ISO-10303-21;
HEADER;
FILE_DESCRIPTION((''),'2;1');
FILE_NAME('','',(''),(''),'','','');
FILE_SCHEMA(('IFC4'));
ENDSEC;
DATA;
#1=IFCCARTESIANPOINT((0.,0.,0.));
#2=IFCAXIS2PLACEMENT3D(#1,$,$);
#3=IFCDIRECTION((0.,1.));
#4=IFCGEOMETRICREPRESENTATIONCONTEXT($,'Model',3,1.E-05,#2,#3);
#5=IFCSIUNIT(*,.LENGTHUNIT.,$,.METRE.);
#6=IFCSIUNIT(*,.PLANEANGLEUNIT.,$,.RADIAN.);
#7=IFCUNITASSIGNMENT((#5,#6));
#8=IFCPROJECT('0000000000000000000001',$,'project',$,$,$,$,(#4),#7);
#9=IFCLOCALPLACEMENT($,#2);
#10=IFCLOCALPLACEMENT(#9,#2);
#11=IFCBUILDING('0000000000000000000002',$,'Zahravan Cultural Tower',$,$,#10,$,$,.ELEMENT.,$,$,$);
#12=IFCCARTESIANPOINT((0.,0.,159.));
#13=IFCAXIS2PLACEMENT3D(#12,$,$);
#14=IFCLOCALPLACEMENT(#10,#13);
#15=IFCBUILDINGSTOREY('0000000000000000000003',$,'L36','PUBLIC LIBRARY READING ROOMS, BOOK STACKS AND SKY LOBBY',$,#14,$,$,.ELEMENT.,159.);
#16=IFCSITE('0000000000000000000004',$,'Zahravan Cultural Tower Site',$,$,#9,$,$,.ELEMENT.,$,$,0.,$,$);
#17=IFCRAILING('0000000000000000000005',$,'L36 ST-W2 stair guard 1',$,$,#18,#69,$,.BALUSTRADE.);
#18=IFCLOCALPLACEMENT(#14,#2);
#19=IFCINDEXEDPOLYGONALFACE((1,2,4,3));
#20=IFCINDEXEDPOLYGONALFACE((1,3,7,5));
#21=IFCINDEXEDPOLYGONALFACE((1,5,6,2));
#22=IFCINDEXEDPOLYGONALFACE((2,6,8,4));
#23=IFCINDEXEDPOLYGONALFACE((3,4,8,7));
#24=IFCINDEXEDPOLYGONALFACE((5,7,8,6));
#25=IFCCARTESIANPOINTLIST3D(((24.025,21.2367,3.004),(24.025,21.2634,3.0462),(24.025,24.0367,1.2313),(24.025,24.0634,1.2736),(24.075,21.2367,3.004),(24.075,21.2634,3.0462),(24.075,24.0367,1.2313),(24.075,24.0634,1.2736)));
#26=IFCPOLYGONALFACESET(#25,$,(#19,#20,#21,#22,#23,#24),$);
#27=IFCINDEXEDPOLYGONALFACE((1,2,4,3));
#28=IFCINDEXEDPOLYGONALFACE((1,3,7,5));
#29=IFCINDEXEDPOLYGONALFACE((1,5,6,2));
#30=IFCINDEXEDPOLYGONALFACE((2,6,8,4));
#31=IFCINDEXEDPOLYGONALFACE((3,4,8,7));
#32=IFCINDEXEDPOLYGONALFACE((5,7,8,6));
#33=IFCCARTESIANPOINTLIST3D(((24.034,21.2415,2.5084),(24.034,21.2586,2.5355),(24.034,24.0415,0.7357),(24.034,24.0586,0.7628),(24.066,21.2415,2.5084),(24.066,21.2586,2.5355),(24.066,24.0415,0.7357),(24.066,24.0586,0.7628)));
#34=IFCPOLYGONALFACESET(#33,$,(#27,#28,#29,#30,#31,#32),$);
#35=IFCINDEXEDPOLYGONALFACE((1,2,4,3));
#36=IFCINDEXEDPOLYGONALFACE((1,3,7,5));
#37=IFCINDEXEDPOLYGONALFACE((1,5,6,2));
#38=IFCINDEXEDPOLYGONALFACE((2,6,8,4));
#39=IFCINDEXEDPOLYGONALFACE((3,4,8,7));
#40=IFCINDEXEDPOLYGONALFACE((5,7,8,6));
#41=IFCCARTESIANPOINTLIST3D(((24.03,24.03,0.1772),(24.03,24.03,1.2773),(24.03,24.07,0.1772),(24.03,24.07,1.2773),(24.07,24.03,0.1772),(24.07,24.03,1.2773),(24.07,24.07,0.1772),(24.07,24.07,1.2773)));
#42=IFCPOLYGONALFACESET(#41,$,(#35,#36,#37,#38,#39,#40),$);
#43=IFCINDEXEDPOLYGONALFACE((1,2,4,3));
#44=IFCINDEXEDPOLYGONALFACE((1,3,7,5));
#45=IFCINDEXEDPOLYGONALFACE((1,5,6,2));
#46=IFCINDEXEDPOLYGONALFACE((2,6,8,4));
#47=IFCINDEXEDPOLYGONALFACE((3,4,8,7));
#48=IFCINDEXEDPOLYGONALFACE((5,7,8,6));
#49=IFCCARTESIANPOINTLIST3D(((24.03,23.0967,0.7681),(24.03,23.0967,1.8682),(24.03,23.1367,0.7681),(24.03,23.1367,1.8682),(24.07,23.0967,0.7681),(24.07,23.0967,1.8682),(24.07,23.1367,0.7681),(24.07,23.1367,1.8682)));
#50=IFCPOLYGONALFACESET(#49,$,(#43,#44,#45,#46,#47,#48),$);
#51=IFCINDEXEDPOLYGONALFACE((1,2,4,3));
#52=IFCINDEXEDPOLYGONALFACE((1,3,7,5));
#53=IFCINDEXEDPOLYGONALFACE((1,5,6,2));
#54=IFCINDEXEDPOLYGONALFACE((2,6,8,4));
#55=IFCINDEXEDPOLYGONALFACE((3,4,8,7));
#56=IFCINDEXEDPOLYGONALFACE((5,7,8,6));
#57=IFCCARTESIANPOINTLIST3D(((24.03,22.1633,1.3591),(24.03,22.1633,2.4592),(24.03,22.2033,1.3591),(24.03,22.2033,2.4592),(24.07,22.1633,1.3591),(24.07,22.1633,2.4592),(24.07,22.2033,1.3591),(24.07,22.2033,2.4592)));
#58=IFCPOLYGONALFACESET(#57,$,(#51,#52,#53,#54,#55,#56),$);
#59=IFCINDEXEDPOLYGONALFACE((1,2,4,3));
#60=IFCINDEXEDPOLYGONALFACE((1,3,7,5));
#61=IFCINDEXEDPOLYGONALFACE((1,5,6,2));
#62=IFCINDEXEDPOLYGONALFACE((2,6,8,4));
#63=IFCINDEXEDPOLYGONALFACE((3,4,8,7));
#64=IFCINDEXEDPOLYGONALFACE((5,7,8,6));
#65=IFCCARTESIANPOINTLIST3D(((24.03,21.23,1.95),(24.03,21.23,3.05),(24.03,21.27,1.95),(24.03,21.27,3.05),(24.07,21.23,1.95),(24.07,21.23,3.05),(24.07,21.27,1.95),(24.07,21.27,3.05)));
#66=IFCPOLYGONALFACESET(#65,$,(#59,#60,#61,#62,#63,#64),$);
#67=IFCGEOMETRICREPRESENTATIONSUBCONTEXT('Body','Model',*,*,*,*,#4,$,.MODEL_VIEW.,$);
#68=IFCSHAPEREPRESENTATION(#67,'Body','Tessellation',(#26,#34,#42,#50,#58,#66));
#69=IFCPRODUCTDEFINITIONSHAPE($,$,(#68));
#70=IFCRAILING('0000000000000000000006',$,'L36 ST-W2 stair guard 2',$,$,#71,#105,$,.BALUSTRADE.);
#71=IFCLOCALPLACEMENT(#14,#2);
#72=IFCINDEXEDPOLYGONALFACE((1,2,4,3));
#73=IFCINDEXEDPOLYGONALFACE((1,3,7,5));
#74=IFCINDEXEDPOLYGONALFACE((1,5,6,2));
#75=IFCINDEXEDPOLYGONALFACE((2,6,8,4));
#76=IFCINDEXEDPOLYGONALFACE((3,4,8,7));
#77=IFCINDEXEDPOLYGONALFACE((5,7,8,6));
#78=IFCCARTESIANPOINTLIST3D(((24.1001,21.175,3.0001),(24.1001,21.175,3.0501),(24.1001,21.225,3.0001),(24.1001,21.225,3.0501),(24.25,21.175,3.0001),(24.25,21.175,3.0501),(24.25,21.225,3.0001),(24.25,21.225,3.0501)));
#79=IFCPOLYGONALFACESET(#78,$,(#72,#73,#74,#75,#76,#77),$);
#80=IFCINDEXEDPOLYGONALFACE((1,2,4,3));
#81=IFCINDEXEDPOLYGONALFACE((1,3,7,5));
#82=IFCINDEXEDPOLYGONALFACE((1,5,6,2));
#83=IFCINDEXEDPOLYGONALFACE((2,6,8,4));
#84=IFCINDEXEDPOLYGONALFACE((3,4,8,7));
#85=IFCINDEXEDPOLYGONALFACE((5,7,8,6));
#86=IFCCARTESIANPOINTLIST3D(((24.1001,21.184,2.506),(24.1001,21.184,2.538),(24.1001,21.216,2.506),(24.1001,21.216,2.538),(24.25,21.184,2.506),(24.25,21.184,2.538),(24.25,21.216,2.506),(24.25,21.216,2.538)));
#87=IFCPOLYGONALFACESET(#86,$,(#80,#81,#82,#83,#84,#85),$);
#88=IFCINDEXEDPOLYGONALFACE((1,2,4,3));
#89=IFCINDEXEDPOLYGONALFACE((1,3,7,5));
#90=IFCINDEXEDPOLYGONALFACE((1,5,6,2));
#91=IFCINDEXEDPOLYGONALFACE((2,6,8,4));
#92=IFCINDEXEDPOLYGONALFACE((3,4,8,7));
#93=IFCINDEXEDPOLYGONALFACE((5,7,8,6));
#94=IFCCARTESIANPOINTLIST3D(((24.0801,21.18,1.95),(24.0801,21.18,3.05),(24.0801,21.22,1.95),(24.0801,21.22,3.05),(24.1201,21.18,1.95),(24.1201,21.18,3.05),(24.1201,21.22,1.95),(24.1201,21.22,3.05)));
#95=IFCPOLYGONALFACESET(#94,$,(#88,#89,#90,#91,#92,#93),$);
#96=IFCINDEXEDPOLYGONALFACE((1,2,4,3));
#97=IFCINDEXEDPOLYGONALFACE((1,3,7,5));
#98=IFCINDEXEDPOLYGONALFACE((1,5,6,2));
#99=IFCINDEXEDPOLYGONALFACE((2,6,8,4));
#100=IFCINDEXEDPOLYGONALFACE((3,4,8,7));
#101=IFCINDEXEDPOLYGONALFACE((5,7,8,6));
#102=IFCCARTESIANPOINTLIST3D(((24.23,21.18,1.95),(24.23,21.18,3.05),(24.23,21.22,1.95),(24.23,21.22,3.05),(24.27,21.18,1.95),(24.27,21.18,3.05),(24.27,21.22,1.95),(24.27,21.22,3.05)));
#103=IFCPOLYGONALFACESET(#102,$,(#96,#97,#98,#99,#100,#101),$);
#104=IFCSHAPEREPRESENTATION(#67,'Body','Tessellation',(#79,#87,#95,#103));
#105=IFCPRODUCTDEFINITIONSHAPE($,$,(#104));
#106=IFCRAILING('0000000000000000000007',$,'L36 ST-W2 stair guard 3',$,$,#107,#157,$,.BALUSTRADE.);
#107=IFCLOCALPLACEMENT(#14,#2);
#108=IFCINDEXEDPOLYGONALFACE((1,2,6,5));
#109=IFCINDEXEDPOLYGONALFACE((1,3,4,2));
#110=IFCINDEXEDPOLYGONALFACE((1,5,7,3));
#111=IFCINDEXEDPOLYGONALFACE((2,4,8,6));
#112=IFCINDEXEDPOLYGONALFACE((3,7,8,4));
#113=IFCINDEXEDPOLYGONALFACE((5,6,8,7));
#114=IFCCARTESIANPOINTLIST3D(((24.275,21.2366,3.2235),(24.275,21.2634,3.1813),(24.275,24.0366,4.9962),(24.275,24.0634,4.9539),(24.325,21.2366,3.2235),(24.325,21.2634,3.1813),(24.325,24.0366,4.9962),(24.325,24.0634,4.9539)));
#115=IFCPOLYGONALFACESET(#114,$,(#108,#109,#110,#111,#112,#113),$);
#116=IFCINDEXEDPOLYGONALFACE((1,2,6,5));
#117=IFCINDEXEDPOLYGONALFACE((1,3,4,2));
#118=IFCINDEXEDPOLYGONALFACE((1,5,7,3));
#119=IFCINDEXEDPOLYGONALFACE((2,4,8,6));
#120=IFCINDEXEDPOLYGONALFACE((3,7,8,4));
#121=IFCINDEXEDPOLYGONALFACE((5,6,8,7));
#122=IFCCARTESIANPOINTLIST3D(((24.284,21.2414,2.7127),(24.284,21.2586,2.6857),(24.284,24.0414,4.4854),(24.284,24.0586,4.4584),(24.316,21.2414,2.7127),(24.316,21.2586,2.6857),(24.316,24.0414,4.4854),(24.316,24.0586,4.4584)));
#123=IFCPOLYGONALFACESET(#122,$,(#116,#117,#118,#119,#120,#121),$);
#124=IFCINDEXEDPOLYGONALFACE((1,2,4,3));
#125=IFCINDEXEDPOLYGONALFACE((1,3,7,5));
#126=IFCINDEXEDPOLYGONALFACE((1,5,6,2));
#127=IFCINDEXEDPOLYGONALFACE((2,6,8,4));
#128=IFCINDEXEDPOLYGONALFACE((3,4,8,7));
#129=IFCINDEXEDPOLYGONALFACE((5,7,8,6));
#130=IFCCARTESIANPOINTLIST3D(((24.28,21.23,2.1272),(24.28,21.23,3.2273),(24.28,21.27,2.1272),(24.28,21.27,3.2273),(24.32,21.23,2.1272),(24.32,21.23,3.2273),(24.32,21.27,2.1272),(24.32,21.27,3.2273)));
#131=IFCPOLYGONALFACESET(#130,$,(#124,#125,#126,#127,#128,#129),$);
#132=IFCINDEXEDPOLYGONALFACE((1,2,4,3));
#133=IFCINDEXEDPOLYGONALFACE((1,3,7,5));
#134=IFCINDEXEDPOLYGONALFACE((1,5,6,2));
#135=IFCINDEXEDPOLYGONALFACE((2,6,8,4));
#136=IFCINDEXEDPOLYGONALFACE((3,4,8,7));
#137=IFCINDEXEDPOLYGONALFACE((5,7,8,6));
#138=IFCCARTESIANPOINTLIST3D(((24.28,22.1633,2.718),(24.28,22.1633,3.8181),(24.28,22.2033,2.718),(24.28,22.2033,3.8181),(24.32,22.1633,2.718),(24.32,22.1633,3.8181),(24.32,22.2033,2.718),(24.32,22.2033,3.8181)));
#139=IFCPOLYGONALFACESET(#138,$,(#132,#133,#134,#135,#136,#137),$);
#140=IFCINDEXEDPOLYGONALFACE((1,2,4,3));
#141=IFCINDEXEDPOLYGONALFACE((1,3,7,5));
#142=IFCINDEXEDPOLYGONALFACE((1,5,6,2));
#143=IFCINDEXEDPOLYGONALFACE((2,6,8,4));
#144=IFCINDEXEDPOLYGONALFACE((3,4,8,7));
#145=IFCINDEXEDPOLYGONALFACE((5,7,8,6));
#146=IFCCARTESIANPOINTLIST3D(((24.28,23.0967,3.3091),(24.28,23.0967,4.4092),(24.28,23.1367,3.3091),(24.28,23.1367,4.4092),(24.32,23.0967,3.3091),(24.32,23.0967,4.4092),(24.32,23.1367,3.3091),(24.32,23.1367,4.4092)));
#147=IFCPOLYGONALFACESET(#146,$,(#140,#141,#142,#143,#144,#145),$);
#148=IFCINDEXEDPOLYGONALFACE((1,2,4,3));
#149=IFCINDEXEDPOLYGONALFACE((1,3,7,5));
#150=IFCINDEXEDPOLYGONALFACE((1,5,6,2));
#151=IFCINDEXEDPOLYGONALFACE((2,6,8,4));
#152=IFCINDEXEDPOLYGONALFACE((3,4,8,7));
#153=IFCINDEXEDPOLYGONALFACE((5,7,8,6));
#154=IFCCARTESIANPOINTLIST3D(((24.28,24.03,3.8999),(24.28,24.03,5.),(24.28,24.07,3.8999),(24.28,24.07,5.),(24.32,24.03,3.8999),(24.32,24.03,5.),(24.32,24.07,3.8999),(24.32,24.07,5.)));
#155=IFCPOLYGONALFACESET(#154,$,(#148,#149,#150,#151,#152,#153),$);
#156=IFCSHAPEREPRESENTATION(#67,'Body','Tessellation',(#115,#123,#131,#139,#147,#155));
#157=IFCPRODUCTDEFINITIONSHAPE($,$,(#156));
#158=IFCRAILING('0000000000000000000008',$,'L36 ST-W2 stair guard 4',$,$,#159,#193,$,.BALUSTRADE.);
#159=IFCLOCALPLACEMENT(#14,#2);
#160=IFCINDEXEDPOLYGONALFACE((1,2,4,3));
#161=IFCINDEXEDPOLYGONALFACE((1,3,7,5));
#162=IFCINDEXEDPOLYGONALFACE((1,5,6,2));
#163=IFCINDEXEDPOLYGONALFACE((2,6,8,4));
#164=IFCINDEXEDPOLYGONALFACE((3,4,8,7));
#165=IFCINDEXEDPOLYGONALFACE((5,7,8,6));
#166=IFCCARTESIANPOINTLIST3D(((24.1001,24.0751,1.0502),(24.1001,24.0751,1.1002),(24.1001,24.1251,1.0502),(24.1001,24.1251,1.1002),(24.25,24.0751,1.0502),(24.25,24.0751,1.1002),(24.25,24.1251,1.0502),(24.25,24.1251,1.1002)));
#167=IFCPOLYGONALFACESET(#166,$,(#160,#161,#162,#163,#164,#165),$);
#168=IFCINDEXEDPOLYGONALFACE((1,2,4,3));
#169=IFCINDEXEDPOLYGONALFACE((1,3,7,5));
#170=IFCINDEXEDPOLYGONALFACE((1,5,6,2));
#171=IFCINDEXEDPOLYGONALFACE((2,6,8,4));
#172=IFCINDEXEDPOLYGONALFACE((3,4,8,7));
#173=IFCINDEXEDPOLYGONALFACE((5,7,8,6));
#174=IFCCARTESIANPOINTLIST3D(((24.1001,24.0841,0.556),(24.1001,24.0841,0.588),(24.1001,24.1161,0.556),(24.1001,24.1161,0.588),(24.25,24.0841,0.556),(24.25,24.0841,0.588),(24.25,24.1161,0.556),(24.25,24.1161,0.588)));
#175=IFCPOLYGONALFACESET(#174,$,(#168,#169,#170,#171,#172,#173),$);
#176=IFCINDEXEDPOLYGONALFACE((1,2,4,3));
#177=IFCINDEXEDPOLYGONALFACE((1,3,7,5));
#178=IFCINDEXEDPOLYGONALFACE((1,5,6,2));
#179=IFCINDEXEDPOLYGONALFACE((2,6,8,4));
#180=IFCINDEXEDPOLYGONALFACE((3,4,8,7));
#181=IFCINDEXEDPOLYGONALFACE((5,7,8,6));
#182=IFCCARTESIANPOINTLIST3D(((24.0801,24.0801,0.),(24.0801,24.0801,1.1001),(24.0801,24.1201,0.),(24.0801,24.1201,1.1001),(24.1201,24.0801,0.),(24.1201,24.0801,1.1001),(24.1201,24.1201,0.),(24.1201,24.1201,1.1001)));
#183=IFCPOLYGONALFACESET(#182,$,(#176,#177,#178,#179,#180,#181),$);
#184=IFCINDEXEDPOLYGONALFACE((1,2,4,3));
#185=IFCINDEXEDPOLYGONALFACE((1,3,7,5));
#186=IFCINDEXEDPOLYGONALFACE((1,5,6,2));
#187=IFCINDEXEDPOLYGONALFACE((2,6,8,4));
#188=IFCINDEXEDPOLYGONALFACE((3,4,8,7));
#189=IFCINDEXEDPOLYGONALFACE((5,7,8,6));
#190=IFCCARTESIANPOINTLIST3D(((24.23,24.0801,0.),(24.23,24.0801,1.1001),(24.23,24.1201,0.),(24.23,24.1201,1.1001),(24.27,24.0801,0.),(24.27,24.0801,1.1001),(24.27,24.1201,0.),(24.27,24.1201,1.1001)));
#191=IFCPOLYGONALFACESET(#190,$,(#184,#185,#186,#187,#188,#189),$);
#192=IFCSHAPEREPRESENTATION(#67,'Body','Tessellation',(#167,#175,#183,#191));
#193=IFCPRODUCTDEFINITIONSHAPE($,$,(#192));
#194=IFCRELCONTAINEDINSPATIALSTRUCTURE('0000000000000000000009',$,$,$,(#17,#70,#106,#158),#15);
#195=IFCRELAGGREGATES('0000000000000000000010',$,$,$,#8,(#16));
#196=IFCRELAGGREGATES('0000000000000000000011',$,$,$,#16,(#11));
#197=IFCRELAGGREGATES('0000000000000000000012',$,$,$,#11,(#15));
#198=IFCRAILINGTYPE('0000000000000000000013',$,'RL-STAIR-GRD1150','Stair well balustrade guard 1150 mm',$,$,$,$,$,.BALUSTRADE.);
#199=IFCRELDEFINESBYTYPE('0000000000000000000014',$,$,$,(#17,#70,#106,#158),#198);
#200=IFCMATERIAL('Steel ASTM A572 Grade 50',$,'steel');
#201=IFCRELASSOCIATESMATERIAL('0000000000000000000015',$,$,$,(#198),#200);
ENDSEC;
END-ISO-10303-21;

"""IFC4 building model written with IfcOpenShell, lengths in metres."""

from ifc_helpers import new_model, si_unit, direction, frame, origin, origin_2d, place, context, subcontext, project, spatial, rectangle, extrude, material, type_object, element, save


model = new_model("IFC4")

# Units and contexts
model_context = context("Model", 3, precision=1e-05, world=origin(), true_north=direction((0.0, 1.0)))
body_context = subcontext(model_context, "Body", "Model", "MODEL_VIEW")
ifc_project = project(units=[si_unit("LENGTHUNIT", "METRE"), si_unit("PLANEANGLEUNIT", "RADIAN")], contexts=[model_context])

# Site, building, storey
site_placement = place(None, origin())
site = spatial("IfcSite", under=ifc_project, at=site_placement, Name="Zahravan Cultural Tower Site", CompositionType="ELEMENT", RefElevation=0.0)
building_placement = place(site_placement, origin())
building = spatial("IfcBuilding", under=site, at=building_placement, Name="Zahravan Cultural Tower", CompositionType="ELEMENT")
storey_placement = place(building_placement, frame((0.0, 0.0, 159.0)))
storey = spatial("IfcBuildingStorey", under=building, at=storey_placement, Name="L36", Description="PUBLIC LIBRARY READING ROOMS, BOOK STACKS AND SKY LOBBY", CompositionType="ELEMENT", Elevation=159.0)

# Shared definitions
ifc_material_1 = material(Name="Steel ASTM A572 Grade 50", Category="steel")

# Railings
railing_type_1 = type_object("IfcRailingType", Name="RL-STAIR-GRD1150", Description="Stair well balustrade guard 1150 mm", PredefinedType="BALUSTRADE", material=ifc_material_1)
railing_1_placement = place(storey_placement, frame((24.05, 24.05, 0.1772)))
element("IfcRailing", 1, at=railing_1_placement, inside=storey, type_object=railing_type_1, Name="L36 ST-W2 stair guard 1", PredefinedType="BALUSTRADE", context=body_context, shape_type="SweptSolid", body=[
    extrude(rectangle(XDim=0.05, YDim=0.05, at=origin_2d()), frame((0.0, 0.0, 1.0752), z_axis=(0.0, -0.844909, 0.53491), x_axis=(1.0, 0.0, 0.0)), (0.0, 0.0, 1.0), 3.314),
    extrude(rectangle(XDim=0.032, YDim=0.032, at=origin_2d()), frame((0.0, 0.0, 0.572), z_axis=(0.0, -0.844909, 0.53491), x_axis=(1.0, 0.0, 0.0)), (0.0, 0.0, 1.0), 3.314),
    extrude(rectangle(XDim=0.04, YDim=0.04, at=origin_2d()), origin(), (0.0, 0.0, 1.0), 1.1001),
    extrude(rectangle(XDim=0.04, YDim=0.04, at=origin_2d()), frame((0.0, -0.9333, 0.5908)), (0.0, 0.0, 1.0), 1.1001),
    extrude(rectangle(XDim=0.04, YDim=0.04, at=origin_2d()), frame((0.0, -1.8667, 1.1819)), (0.0, 0.0, 1.0), 1.1001),
    extrude(rectangle(XDim=0.04, YDim=0.04, at=origin_2d()), frame((0.0, -2.8, 1.7727)), (0.0, 0.0, 1.0), 1.1001),
])
railing_2_placement = place(storey_placement, frame((24.1001, 21.2, 1.95)))
element("IfcRailing", 2, at=railing_2_placement, inside=storey, type_object=railing_type_1, Name="L36 ST-W2 stair guard 2", PredefinedType="BALUSTRADE", context=body_context, shape_type="SweptSolid", body=[
    extrude(rectangle(XDim=0.05, YDim=0.05, at=origin_2d()), frame((0.0, 0.0, 1.0752), z_axis=(1.0, 0.0, 0.0), x_axis=(0.0, 1.0, 0.0)), (0.0, 0.0, 1.0), 0.1499),
    extrude(rectangle(XDim=0.032, YDim=0.032, at=origin_2d()), frame((0.0, 0.0, 0.572), z_axis=(1.0, 0.0, 0.0), x_axis=(0.0, 1.0, 0.0)), (0.0, 0.0, 1.0), 0.1499),
    extrude(rectangle(XDim=0.04, YDim=0.04, at=origin_2d()), origin(), (0.0, 0.0, 1.0), 1.1001),
    extrude(rectangle(XDim=0.04, YDim=0.04, at=origin_2d()), frame((0.1499, 0.0, 0.0)), (0.0, 0.0, 1.0), 1.1001),
])
railing_3_placement = place(storey_placement, frame((24.3, 21.25, 2.1272)))
element("IfcRailing", 3, at=railing_3_placement, inside=storey, type_object=railing_type_1, Name="L36 ST-W2 stair guard 3", PredefinedType="BALUSTRADE", context=body_context, shape_type="SweptSolid", body=[
    extrude(rectangle(XDim=0.05, YDim=0.05, at=origin_2d()), frame((0.0, 0.0, 1.0752), z_axis=(0.0, 0.844909, 0.53491), x_axis=(-1.0, 0.0, 0.0)), (0.0, 0.0, 1.0), 3.314),
    extrude(rectangle(XDim=0.032, YDim=0.032, at=origin_2d()), frame((0.0, 0.0, 0.572), z_axis=(0.0, 0.844909, 0.53491), x_axis=(-1.0, 0.0, 0.0)), (0.0, 0.0, 1.0), 3.314),
    extrude(rectangle(XDim=0.04, YDim=0.04, at=origin_2d()), origin(), (0.0, 0.0, 1.0), 1.1001),
    extrude(rectangle(XDim=0.04, YDim=0.04, at=origin_2d()), frame((0.0, 0.9333, 0.5908)), (0.0, 0.0, 1.0), 1.1001),
    extrude(rectangle(XDim=0.04, YDim=0.04, at=origin_2d()), frame((0.0, 1.8667, 1.1819)), (0.0, 0.0, 1.0), 1.1001),
    extrude(rectangle(XDim=0.04, YDim=0.04, at=origin_2d()), frame((0.0, 2.8, 1.7727)), (0.0, 0.0, 1.0), 1.1001),
])
railing_4_placement = place(storey_placement, frame((24.1001, 24.1001, 0.0)))
element("IfcRailing", 4, at=railing_4_placement, inside=storey, type_object=railing_type_1, Name="L36 ST-W2 stair guard 4", PredefinedType="BALUSTRADE", context=body_context, shape_type="SweptSolid", body=[
    extrude(rectangle(XDim=0.05, YDim=0.05, at=origin_2d()), frame((0.0, 0.0, 1.0752), z_axis=(1.0, 0.0, 0.0), x_axis=(0.0, 1.0, 0.0)), (0.0, 0.0, 1.0), 0.1499),
    extrude(rectangle(XDim=0.032, YDim=0.032, at=origin_2d()), frame((0.0, 0.0, 0.572), z_axis=(1.0, 0.0, 0.0), x_axis=(0.0, 1.0, 0.0)), (0.0, 0.0, 1.0), 0.1499),
    extrude(rectangle(XDim=0.04, YDim=0.04, at=origin_2d()), origin(), (0.0, 0.0, 1.0), 1.1001),
    extrude(rectangle(XDim=0.04, YDim=0.04, at=origin_2d()), frame((0.1499, 0.0, 0.0)), (0.0, 0.0, 1.0), 1.1001),
])

save(model, "model.ifc")
